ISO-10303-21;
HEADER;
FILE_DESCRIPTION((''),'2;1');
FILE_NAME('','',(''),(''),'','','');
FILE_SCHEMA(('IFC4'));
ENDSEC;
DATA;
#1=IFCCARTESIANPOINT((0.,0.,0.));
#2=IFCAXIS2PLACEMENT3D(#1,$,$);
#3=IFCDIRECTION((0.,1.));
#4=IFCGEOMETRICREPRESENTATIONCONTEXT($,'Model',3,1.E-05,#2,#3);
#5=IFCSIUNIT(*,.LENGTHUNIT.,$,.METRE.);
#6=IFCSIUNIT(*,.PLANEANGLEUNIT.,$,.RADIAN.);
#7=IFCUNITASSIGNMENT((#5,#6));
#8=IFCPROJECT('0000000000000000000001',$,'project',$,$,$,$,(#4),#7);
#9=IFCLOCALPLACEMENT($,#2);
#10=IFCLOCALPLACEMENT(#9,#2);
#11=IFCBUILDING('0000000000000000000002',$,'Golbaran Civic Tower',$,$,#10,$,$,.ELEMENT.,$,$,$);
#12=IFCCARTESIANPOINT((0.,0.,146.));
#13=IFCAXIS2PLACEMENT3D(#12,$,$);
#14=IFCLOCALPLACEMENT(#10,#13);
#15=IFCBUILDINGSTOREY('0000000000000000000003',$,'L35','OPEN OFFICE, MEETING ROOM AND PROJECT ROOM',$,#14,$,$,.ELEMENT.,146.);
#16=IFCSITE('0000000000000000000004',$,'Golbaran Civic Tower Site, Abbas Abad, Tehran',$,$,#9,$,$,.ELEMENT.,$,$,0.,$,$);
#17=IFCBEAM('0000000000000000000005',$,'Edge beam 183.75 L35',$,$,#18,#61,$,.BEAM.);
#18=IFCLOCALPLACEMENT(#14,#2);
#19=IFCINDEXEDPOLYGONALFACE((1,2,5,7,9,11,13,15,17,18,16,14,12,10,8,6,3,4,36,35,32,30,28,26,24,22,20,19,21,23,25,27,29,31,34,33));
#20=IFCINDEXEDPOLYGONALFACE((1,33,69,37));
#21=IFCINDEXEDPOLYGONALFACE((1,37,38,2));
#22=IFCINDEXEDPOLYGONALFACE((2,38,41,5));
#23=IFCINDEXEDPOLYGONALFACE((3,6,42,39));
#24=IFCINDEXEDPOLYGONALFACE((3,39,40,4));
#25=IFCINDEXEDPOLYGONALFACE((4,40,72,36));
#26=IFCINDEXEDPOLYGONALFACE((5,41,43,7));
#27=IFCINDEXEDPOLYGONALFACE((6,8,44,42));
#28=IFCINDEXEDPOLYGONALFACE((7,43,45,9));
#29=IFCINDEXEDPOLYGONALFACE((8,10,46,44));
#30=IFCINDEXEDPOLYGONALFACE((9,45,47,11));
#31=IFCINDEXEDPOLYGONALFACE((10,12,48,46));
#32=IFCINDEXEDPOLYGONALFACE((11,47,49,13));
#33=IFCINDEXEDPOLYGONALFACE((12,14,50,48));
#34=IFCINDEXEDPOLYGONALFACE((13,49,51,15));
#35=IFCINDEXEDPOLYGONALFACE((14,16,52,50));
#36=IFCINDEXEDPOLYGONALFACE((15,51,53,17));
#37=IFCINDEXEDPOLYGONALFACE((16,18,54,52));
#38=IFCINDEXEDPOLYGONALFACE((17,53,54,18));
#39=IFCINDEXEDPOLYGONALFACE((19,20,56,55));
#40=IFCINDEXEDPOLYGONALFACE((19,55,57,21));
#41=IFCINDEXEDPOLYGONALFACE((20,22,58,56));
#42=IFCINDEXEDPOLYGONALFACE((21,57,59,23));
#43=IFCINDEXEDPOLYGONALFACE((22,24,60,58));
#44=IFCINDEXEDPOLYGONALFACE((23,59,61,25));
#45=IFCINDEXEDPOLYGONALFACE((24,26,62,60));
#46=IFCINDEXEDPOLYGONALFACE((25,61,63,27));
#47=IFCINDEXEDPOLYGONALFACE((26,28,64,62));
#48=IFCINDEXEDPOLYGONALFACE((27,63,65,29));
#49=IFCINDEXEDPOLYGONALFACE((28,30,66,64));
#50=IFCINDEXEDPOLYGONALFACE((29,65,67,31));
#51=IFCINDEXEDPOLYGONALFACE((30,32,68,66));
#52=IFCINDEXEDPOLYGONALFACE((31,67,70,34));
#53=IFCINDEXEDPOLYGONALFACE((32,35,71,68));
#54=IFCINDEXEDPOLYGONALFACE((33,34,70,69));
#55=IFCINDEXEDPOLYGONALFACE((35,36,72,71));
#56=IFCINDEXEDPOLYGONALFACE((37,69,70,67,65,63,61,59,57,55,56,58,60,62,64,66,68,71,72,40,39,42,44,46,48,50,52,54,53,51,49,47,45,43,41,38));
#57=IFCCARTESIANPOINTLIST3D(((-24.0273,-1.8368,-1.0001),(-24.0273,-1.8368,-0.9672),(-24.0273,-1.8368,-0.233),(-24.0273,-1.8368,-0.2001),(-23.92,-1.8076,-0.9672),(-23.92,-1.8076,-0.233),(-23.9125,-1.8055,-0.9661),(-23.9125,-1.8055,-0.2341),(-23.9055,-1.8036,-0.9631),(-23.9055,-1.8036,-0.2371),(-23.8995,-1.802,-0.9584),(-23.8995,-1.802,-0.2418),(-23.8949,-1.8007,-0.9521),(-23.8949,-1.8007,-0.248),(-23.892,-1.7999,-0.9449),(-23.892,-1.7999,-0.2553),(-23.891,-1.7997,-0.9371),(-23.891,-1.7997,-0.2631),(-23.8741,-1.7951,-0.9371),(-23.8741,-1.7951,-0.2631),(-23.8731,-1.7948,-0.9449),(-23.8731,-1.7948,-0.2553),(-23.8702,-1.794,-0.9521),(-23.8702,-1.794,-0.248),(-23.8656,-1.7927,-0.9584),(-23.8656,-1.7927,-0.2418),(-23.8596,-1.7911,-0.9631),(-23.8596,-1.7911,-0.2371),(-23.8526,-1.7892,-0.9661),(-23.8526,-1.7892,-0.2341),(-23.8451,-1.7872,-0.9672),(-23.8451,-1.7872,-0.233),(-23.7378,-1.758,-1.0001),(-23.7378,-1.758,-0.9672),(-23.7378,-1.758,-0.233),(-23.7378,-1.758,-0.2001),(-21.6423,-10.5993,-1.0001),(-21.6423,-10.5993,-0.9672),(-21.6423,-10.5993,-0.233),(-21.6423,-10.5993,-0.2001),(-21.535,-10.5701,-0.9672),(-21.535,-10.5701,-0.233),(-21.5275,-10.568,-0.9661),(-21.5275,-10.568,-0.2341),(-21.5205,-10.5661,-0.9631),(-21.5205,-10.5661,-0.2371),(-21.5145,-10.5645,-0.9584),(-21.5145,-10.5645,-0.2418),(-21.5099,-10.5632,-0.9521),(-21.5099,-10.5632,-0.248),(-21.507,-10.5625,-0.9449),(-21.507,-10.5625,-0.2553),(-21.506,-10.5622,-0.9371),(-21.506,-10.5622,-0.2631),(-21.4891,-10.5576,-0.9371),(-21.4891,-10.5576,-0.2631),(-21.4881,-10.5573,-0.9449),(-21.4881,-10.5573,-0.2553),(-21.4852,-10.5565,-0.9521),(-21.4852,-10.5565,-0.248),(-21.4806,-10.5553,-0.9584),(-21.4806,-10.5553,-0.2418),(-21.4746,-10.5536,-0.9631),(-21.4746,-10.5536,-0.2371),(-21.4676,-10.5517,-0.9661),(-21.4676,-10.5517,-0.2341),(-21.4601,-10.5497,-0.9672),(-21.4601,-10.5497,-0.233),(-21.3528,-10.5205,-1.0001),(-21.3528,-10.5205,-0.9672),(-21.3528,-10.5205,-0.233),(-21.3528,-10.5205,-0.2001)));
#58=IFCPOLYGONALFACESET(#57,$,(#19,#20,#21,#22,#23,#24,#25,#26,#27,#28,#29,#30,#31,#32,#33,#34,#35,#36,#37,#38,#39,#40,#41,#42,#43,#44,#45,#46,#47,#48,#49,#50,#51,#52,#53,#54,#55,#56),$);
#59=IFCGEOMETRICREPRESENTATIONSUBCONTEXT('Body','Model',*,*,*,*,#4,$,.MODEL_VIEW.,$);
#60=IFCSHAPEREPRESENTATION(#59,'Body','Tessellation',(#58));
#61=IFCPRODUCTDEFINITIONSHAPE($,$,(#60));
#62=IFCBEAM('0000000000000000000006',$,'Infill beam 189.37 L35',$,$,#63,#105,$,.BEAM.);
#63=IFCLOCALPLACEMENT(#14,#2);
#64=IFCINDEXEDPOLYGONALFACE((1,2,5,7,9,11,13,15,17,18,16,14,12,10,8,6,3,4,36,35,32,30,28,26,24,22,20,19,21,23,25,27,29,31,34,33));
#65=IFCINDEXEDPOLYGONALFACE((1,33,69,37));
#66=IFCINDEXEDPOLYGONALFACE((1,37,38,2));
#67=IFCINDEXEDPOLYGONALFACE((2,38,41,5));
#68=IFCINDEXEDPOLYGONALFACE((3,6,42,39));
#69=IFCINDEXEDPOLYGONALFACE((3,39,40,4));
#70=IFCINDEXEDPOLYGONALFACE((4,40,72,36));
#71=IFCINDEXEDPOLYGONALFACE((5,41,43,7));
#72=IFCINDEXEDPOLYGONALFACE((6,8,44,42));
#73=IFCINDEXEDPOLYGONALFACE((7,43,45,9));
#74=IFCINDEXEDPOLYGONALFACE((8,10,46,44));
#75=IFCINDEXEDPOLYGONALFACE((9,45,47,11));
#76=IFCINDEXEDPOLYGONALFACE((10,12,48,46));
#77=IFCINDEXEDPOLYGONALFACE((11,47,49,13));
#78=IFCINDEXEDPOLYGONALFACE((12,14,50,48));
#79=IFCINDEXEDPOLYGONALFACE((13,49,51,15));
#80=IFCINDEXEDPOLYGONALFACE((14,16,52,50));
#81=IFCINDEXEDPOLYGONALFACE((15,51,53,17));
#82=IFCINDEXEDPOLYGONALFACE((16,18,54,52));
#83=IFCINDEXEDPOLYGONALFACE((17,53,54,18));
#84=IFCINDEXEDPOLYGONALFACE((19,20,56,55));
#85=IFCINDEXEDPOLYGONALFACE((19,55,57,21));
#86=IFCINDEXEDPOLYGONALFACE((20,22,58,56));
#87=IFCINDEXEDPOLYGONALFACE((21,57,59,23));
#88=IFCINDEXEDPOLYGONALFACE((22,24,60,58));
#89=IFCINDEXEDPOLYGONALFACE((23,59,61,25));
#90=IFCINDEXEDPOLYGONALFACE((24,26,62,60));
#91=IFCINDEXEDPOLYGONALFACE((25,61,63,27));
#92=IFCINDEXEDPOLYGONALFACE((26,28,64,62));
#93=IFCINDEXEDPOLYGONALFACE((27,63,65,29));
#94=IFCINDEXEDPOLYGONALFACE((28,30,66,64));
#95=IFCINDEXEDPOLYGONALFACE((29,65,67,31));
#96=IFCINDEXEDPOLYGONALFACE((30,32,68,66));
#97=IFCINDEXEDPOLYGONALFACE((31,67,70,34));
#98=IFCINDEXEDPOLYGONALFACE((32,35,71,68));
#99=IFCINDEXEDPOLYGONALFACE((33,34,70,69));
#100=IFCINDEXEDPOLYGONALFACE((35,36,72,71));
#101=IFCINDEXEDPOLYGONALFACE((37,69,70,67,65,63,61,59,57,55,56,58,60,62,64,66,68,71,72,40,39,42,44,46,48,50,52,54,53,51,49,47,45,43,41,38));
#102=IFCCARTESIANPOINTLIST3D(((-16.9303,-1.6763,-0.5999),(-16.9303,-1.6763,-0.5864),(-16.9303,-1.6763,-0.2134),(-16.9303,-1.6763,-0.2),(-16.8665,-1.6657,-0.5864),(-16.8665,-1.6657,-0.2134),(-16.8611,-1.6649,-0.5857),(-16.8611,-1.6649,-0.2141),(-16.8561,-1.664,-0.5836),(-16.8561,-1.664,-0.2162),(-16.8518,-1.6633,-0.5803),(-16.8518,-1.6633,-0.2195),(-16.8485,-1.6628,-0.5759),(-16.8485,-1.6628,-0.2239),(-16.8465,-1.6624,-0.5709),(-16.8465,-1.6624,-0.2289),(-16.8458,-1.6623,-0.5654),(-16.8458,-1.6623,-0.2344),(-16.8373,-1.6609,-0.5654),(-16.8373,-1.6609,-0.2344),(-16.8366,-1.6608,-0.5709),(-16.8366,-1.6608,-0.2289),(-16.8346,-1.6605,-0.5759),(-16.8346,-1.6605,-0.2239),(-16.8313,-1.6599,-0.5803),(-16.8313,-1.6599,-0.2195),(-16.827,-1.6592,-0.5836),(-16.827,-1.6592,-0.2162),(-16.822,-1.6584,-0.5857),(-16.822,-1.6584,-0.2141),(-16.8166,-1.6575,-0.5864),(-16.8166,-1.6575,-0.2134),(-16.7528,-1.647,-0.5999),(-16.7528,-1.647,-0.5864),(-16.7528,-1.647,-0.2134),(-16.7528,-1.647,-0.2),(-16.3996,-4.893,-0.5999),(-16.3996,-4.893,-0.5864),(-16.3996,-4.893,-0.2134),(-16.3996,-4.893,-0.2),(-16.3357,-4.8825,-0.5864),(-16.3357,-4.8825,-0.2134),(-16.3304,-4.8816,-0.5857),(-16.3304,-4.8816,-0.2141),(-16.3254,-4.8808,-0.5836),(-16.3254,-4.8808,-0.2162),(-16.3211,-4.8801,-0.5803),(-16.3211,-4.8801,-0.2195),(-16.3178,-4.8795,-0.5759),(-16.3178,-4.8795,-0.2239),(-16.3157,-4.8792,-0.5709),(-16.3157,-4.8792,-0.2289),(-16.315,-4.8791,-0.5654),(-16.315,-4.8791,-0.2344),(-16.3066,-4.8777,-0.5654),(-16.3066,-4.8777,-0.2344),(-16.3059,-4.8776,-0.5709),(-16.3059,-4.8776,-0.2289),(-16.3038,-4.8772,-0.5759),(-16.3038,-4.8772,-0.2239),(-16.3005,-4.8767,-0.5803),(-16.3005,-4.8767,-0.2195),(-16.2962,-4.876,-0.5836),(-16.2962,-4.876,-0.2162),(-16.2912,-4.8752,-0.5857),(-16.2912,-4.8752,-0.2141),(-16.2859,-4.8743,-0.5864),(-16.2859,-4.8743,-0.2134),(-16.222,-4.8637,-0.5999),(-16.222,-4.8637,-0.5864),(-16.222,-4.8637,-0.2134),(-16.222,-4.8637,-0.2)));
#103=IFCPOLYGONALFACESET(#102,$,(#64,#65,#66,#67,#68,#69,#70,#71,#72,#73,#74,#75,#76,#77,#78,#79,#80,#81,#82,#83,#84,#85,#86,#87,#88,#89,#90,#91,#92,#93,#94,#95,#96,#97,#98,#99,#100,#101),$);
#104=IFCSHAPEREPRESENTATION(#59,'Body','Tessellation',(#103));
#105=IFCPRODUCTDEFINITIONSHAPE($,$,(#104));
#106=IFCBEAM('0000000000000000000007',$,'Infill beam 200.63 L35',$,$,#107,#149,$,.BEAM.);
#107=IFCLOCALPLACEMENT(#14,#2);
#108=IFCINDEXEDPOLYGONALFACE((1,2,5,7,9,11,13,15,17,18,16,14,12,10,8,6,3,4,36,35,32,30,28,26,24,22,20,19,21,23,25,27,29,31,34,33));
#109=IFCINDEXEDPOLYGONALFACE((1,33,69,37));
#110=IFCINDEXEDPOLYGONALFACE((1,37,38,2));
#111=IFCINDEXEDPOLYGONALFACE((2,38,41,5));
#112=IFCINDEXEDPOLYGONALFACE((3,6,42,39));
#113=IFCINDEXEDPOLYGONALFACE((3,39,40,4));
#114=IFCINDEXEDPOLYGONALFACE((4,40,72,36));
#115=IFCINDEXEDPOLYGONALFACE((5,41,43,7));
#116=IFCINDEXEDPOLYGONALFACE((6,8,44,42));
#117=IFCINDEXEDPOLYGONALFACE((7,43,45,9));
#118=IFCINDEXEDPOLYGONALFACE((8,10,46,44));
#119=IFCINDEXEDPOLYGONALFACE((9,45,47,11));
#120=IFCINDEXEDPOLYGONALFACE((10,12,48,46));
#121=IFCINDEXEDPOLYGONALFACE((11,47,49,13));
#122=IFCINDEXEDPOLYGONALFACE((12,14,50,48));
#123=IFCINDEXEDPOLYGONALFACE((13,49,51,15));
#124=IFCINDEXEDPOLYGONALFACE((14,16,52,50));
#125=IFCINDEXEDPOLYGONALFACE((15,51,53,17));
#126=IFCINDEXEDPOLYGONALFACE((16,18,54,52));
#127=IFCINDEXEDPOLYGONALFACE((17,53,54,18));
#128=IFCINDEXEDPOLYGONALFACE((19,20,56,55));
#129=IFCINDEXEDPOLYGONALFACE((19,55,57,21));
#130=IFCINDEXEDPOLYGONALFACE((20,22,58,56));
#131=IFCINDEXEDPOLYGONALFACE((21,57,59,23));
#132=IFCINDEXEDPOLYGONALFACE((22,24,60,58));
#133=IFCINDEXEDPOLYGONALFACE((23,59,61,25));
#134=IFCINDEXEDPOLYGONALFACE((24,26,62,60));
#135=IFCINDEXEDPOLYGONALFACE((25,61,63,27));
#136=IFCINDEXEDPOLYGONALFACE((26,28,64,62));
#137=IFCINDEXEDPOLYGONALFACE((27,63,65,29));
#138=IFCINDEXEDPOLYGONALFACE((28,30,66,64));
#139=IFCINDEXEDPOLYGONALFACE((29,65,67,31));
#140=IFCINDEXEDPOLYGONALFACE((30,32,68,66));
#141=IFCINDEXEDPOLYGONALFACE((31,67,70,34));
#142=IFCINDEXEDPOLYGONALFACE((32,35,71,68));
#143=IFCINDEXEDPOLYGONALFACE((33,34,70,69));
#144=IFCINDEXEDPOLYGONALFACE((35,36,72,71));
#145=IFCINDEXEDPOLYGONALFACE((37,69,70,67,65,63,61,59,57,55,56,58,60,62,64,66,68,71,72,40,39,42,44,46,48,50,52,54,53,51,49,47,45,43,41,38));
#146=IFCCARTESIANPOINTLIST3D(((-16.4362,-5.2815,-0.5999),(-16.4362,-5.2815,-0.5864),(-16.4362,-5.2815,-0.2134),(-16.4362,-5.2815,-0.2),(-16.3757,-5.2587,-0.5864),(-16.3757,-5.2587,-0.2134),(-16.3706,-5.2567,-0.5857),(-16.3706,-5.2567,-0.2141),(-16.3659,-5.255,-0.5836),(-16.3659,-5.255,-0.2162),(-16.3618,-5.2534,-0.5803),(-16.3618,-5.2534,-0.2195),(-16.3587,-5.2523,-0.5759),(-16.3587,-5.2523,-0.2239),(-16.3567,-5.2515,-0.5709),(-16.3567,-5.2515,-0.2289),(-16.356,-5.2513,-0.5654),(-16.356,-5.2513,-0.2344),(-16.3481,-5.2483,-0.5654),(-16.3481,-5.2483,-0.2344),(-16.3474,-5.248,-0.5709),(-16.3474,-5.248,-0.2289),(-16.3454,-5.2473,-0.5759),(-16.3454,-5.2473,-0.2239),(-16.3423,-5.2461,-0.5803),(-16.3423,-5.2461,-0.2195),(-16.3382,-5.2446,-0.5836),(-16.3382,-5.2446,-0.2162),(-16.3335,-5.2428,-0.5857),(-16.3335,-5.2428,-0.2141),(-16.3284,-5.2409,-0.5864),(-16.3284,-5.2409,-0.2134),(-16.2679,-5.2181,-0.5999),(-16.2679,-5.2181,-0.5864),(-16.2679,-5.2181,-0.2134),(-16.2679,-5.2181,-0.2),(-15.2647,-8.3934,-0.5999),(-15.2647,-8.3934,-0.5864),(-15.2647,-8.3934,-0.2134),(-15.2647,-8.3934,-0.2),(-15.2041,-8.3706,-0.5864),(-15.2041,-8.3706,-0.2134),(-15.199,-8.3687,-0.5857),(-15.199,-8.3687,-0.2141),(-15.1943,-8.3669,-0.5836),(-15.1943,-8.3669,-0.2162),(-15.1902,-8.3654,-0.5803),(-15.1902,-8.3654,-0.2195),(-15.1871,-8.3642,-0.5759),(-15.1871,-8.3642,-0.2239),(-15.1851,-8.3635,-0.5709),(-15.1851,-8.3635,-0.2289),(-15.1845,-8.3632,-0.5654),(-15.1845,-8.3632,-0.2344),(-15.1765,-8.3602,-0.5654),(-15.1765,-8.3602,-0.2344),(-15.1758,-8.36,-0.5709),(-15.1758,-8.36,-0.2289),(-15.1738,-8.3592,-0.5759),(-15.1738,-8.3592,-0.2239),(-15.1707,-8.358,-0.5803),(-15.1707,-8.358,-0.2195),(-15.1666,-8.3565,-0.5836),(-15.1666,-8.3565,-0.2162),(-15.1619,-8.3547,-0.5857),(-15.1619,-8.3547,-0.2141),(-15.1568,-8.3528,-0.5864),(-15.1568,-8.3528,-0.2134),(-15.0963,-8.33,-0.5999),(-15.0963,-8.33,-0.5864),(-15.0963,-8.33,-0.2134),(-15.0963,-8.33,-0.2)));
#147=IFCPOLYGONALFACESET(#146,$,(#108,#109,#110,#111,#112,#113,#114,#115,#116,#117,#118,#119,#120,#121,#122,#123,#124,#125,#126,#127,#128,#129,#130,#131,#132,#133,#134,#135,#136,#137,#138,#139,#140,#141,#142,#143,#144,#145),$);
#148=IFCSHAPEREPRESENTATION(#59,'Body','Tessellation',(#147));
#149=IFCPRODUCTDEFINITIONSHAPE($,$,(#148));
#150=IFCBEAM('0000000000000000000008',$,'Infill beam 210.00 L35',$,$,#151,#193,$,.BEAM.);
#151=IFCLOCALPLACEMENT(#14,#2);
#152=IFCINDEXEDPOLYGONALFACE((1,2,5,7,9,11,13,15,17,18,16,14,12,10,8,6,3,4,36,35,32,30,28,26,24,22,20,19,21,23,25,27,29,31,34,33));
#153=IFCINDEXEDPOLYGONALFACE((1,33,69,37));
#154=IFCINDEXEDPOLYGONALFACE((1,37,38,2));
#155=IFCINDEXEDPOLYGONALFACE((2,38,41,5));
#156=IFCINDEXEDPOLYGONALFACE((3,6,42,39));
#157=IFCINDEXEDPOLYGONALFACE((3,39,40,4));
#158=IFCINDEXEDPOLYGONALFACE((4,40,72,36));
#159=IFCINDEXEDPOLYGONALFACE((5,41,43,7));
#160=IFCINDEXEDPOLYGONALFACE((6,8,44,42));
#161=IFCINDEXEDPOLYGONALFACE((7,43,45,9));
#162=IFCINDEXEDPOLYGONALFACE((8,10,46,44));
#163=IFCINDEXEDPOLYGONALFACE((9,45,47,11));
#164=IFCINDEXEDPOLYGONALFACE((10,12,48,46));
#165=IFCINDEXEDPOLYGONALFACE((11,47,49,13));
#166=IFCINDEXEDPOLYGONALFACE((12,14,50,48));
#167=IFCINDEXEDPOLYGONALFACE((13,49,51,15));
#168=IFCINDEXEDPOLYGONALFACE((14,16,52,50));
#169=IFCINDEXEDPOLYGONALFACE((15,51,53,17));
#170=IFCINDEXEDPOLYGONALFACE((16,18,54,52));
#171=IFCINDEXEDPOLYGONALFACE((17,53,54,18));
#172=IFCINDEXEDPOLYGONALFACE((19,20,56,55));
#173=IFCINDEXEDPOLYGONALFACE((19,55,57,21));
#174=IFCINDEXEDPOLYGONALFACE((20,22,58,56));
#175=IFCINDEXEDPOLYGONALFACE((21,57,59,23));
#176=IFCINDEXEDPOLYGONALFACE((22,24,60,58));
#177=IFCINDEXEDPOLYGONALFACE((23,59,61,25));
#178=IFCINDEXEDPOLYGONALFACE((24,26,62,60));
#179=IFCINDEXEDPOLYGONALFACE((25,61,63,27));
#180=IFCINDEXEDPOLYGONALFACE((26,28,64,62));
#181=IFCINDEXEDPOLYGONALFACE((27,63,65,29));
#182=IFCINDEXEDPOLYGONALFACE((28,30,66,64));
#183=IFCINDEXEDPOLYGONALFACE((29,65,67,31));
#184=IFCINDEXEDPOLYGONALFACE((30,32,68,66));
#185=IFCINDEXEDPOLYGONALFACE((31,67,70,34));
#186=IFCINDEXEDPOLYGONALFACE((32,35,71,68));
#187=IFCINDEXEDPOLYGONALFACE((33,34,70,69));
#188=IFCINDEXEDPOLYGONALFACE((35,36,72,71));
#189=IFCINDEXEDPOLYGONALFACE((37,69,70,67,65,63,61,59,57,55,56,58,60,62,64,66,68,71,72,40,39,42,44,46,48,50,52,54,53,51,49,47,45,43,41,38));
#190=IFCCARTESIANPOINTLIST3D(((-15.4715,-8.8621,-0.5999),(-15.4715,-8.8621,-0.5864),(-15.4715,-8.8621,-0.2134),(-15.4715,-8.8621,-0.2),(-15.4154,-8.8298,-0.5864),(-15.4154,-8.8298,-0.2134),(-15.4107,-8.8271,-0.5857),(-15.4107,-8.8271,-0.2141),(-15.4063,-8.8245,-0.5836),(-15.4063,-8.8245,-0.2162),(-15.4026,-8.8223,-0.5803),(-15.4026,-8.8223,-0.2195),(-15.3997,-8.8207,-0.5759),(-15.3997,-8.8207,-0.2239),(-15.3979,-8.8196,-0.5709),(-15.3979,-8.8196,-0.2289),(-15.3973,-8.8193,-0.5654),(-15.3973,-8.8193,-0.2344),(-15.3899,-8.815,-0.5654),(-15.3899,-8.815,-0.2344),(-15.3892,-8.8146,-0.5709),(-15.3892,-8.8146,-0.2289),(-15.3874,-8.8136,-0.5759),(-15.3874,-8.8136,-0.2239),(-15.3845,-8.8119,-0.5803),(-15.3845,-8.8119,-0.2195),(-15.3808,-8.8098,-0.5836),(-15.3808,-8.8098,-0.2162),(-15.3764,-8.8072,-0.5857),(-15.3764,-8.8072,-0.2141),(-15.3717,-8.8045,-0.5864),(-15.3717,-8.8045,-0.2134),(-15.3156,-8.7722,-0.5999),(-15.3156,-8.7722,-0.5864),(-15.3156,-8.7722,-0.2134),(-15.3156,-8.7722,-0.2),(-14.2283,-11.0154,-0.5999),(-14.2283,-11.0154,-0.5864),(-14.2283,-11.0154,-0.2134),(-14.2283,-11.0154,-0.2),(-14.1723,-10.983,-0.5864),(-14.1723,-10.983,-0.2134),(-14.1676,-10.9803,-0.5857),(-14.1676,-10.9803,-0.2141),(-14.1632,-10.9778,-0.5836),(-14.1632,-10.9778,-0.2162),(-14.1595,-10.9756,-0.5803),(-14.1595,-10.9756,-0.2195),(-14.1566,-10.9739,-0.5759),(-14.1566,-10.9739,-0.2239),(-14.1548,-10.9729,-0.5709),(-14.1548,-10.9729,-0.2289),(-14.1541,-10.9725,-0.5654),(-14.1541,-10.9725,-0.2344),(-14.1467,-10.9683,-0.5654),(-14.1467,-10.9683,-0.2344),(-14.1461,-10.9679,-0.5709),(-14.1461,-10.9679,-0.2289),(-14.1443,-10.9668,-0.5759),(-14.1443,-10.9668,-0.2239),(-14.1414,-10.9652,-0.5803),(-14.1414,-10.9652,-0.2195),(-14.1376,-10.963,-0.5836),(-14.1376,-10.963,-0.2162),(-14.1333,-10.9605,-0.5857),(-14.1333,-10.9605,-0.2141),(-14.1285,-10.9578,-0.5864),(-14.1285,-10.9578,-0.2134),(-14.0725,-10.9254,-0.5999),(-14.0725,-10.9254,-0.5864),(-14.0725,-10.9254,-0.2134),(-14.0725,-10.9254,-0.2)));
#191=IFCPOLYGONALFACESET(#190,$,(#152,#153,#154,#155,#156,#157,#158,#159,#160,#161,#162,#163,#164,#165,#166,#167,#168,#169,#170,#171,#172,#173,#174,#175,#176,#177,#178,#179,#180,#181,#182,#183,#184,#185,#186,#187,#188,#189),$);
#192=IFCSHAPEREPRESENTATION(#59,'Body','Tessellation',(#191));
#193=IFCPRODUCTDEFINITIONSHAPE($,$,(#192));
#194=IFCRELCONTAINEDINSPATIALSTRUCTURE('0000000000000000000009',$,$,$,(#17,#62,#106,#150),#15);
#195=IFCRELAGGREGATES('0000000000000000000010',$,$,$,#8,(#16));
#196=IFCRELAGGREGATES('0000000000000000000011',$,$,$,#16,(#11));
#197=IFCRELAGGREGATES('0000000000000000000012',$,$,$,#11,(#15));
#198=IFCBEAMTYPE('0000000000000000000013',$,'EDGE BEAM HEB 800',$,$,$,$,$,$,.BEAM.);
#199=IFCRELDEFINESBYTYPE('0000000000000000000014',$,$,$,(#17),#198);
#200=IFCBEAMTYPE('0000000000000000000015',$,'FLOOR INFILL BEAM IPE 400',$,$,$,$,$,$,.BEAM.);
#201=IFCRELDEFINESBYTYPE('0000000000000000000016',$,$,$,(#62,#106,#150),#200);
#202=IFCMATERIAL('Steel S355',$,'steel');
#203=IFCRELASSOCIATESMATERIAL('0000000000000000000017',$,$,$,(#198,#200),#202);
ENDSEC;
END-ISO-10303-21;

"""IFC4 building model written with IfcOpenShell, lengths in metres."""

from ifc_helpers import new_model, si_unit, direction, frame, origin, origin_2d, place, context, subcontext, project, spatial, i_section, extrude, material, material_profile, profile_set, type_object, element, save


model = new_model("IFC4")

# Units and contexts
model_context = context("Model", 3, precision=1e-05, world=origin(), true_north=direction((0.0, 1.0)))
body_context = subcontext(model_context, "Body", "Model", "MODEL_VIEW")
ifc_project = project(units=[si_unit("LENGTHUNIT", "METRE"), si_unit("PLANEANGLEUNIT", "RADIAN")], contexts=[model_context])

# Site, building, storey
site_placement = place(None, origin())
site = spatial("IfcSite", under=ifc_project, at=site_placement, Name="Golbaran Civic Tower Site, Abbas Abad, Tehran", CompositionType="ELEMENT", RefElevation=0.0)
building_placement = place(site_placement, origin())
building = spatial("IfcBuilding", under=site, at=building_placement, Name="Golbaran Civic Tower", CompositionType="ELEMENT")
storey_placement = place(building_placement, frame((0.0, 0.0, 146.0)))
storey = spatial("IfcBuildingStorey", under=building, at=storey_placement, Name="L35", Description="OPEN OFFICE, MEETING ROOM AND PROJECT ROOM", CompositionType="ELEMENT", Elevation=146.0)

# Beams
ifc_material_1 = material(Name="Steel S355", Category="steel")
ifc_material_profile_1 = material_profile(ifc_material_1, i_section(OverallWidth=0.3, OverallDepth=0.8, WebThickness=0.0176, FlangeThickness=0.033, FilletRadius=0.03, at=origin_2d()), Name="HEB 800")
ifc_profile_set_1 = profile_set([ifc_material_profile_1], Name="Steel S355")
beam_type_1 = type_object("IfcBeamType", Name="EDGE BEAM HEB 800", PredefinedType="BEAM", material=ifc_profile_set_1)
beam_1_placement = place(storey_placement, frame((-23.8826, -1.7974, -0.6001), z_axis=(0.262631, -0.964896, 0.0), x_axis=(0.964896, 0.262631, 0.0)))
element("IfcBeam", 1, at=beam_1_placement, inside=storey, type_object=beam_type_1, Name="Edge beam 183.75 L35", PredefinedType="BEAM", context=body_context, shape_type="SweptSolid", body=[
    extrude(i_section(OverallWidth=0.3, OverallDepth=0.8, WebThickness=0.0176, FlangeThickness=0.033, FilletRadius=0.03, at=origin_2d()), origin(), (0.0, 0.0, 1.0), 9.0813),
])
ifc_material_profile_2 = material_profile(ifc_material_1, i_section(OverallWidth=0.1799, OverallDepth=0.3999, WebThickness=0.0085, FlangeThickness=0.0134, FilletRadius=0.021, at=origin_2d()), Name="IPE 400")
ifc_profile_set_2 = profile_set([ifc_material_profile_2], Name="Steel S355")
beam_type_2 = type_object("IfcBeamType", Name="FLOOR INFILL BEAM IPE 400", PredefinedType="BEAM", material=ifc_profile_set_2)
beam_2_placement = place(storey_placement, frame((-16.8416, -1.6616, -0.3999), z_axis=(0.162796, -0.98666, 0.0), x_axis=(0.98666, 0.162796, 0.0)))
element("IfcBeam", 2, at=beam_2_placement, inside=storey, type_object=beam_type_2, Name="Infill beam 189.37 L35", PredefinedType="BEAM", context=body_context, shape_type="SweptSolid", body=[
    extrude(i_section(OverallWidth=0.1799, OverallDepth=0.3999, WebThickness=0.0085, FlangeThickness=0.0134, FilletRadius=0.021, at=origin_2d()), origin(), (0.0, 0.0, 1.0), 3.2603),
])
beam_3_placement = place(storey_placement, frame((-16.3521, -5.2498, -0.3999), z_axis=(0.352338, -0.935873, 0.0), x_axis=(0.935873, 0.352338, 0.0)))
element("IfcBeam", 3, at=beam_3_placement, inside=storey, type_object=beam_type_2, Name="Infill beam 200.63 L35", PredefinedType="BEAM", context=body_context, shape_type="SweptSolid", body=[
    extrude(i_section(OverallWidth=0.1799, OverallDepth=0.3999, WebThickness=0.0085, FlangeThickness=0.0134, FilletRadius=0.021, at=origin_2d()), origin(), (0.0, 0.0, 1.0), 3.3252),
])
beam_4_placement = place(storey_placement, frame((-15.3936, -8.8171, -0.3999), z_axis=(0.499983, -0.866035, 0.0), x_axis=(0.866035, 0.499983, 0.0)))
element("IfcBeam", 4, at=beam_4_placement, inside=storey, type_object=beam_type_2, Name="Infill beam 210.00 L35", PredefinedType="BEAM", context=body_context, shape_type="SweptSolid", body=[
    extrude(i_section(OverallWidth=0.1799, OverallDepth=0.3999, WebThickness=0.0085, FlangeThickness=0.0134, FilletRadius=0.021, at=origin_2d()), origin(), (0.0, 0.0, 1.0), 2.4863),
])

save(model, "model.ifc")
